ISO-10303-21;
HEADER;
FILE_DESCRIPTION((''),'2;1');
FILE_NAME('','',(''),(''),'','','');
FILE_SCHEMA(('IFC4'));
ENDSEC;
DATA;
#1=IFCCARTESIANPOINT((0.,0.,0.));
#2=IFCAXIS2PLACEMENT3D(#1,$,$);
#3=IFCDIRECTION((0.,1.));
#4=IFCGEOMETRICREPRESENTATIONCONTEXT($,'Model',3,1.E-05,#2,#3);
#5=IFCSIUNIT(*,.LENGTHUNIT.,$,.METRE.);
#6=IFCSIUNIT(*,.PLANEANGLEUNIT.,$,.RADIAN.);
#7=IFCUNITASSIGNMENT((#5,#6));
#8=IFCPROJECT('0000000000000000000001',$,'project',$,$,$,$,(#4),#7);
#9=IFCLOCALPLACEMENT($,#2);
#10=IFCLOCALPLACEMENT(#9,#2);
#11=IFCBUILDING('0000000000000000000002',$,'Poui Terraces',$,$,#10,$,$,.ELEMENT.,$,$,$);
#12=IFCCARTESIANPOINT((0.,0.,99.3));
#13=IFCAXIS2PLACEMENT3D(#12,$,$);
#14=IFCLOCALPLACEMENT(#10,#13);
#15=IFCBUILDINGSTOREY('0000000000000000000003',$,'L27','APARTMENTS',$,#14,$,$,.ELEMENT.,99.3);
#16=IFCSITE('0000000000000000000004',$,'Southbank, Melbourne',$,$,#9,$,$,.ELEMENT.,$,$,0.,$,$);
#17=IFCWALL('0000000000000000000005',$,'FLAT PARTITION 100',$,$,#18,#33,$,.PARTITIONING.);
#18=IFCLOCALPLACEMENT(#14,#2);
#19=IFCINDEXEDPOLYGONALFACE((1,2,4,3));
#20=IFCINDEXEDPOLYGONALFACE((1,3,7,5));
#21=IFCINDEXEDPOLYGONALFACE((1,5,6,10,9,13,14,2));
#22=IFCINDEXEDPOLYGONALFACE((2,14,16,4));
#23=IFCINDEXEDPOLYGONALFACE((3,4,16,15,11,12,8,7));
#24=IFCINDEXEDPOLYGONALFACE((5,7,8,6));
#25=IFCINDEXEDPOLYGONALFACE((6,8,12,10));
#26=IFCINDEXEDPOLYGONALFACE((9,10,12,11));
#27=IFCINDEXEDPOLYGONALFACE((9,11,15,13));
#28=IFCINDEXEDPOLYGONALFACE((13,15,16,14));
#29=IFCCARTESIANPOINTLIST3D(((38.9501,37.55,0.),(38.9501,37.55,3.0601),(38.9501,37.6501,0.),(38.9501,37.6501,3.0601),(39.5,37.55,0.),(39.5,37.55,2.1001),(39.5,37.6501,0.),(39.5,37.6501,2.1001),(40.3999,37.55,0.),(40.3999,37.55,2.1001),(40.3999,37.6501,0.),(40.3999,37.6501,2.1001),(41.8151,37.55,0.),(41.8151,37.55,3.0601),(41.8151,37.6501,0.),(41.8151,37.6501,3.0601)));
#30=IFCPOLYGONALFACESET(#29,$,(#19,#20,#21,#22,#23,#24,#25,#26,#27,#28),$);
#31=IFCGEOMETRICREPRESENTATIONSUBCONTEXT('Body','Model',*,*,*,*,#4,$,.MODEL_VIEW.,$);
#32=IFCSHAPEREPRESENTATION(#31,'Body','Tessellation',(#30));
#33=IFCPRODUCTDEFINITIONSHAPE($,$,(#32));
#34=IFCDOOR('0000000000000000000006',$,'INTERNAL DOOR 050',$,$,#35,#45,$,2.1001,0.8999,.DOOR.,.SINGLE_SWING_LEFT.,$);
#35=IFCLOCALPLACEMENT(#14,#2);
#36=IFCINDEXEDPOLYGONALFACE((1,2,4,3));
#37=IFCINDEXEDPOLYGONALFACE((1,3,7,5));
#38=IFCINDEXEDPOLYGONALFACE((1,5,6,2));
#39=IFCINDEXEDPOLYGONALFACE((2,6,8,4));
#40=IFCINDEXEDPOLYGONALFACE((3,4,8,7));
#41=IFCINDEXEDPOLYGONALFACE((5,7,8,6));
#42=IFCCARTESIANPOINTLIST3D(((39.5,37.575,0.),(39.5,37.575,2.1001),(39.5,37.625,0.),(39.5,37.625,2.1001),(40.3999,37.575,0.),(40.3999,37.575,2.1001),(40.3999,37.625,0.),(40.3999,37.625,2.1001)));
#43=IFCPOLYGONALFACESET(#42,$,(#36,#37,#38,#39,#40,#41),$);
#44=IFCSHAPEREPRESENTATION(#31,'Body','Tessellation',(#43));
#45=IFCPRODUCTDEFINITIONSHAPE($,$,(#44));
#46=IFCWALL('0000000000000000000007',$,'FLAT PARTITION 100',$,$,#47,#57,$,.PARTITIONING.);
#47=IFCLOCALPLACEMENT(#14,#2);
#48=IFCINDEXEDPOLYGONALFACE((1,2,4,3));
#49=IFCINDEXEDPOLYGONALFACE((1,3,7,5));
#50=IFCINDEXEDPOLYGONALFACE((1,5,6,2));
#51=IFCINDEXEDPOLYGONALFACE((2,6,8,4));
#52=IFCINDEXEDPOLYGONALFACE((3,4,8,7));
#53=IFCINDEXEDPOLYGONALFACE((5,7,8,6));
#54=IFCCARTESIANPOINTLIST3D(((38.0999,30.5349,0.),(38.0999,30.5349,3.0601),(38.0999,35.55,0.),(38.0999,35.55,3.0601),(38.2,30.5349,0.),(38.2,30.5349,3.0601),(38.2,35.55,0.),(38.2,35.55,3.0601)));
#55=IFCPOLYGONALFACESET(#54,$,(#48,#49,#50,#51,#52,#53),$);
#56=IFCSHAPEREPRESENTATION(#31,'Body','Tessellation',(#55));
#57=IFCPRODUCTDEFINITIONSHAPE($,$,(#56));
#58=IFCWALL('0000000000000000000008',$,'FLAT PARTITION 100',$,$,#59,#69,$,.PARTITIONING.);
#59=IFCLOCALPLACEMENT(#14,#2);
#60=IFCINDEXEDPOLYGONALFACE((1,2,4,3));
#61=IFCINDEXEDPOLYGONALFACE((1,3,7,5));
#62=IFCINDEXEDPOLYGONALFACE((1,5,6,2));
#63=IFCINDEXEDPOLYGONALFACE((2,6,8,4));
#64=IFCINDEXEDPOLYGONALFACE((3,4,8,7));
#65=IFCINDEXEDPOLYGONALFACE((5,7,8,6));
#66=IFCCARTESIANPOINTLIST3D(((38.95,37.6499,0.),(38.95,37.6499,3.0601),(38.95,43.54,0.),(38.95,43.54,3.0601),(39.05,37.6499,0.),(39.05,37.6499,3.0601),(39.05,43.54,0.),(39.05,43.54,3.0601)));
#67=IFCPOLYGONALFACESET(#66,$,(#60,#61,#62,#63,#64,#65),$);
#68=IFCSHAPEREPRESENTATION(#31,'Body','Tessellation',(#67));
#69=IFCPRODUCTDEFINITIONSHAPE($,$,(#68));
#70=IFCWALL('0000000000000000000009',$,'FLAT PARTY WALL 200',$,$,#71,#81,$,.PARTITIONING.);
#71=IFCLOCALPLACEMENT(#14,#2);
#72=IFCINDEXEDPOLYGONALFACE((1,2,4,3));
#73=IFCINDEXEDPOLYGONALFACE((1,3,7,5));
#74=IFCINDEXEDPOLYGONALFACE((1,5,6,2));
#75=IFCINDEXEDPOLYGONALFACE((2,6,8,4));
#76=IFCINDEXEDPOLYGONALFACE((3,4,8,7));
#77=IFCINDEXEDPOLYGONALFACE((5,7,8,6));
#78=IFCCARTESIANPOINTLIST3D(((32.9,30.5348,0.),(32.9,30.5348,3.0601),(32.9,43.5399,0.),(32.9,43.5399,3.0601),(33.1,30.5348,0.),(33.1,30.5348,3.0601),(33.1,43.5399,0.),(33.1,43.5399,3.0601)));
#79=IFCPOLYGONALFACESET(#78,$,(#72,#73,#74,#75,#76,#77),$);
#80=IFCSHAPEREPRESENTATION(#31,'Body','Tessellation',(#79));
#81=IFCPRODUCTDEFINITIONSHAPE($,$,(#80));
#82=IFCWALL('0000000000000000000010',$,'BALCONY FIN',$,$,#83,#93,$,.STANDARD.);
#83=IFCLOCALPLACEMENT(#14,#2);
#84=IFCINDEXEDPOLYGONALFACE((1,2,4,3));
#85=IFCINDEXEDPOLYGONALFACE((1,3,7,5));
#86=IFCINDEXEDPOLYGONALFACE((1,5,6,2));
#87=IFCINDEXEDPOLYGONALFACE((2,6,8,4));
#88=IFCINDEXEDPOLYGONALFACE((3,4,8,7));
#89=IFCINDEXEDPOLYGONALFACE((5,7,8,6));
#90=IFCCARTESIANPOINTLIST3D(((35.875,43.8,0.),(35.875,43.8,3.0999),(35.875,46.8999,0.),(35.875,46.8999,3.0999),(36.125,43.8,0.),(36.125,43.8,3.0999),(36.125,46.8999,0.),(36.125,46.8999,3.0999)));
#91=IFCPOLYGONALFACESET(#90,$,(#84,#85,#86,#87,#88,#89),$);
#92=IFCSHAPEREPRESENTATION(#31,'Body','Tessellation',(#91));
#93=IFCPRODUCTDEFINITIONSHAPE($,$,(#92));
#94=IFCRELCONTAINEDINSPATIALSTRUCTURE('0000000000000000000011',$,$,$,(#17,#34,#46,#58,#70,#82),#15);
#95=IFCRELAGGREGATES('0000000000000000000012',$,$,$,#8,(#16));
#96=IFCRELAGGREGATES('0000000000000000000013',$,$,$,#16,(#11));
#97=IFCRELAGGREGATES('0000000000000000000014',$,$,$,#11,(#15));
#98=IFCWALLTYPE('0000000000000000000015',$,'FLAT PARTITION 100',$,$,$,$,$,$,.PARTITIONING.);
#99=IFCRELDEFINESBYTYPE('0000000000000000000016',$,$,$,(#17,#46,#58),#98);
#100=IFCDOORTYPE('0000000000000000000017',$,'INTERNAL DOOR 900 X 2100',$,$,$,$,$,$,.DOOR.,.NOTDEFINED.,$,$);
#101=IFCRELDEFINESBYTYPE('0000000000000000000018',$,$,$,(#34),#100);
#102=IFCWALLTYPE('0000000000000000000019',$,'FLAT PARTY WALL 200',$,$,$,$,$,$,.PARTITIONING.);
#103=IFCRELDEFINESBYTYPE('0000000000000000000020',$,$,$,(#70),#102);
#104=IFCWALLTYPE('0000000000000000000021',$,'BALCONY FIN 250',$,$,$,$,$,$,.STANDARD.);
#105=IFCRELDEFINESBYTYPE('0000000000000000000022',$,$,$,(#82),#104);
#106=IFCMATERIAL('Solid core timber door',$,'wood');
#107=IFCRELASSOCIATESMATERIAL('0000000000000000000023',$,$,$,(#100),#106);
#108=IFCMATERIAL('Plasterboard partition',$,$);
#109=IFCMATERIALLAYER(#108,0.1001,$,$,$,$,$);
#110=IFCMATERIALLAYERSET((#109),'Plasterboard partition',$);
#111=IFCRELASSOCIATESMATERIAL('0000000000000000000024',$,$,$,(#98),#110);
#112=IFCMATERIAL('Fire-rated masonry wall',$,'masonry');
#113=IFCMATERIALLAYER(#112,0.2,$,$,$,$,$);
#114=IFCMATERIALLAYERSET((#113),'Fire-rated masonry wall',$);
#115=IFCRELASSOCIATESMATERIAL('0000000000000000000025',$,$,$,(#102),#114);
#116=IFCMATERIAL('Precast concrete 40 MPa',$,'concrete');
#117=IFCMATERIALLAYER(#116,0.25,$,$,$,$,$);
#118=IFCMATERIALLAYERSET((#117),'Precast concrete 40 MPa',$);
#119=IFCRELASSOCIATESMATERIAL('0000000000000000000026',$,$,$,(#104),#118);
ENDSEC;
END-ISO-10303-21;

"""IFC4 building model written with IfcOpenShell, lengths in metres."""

from ifc_helpers import new_model, si_unit, direction, frame, frame_2d, origin, place, context, subcontext, project, spatial, polyline, rectangle, outline, extrude, source, transform, mapped, material, layer, layer_set, type_object, element, fill, save


model = new_model("IFC4")

# Units and contexts
model_context = context("Model", 3, precision=1e-05, world=origin(), true_north=direction((0.0, 1.0)))
body_context = subcontext(model_context, "Body", "Model", "MODEL_VIEW")
ifc_project = project(units=[si_unit("LENGTHUNIT", "METRE"), si_unit("PLANEANGLEUNIT", "RADIAN")], contexts=[model_context])

# Site, building, storey
site_placement = place(None, origin())
site = spatial("IfcSite", under=ifc_project, at=site_placement, Name="Southbank, Melbourne", CompositionType="ELEMENT", RefElevation=0.0)
building_placement = place(site_placement, origin())
building = spatial("IfcBuilding", under=site, at=building_placement, Name="Poui Terraces", CompositionType="ELEMENT")
storey_placement = place(building_placement, frame((0.0, 0.0, 99.3)))
storey = spatial("IfcBuildingStorey", under=building, at=storey_placement, Name="L27", Description="APARTMENTS", CompositionType="ELEMENT", Elevation=99.3)

# Wall, opening, door
ifc_material_1 = material(Name="Solid core timber door", Category="wood")
door_type_1 = type_object("IfcDoorType", Name="INTERNAL DOOR 900 X 2100", OperationType="NOTDEFINED", PredefinedType="DOOR", material=ifc_material_1)
ifc_material_2 = material(Name="Plasterboard partition")
ifc_layer_1 = layer(ifc_material_2, 0.1001)
ifc_layer_set_1 = layer_set([ifc_layer_1], Name="Plasterboard partition")
wall_type_1 = type_object("IfcWallType", Name="FLAT PARTITION 100", PredefinedType="PARTITIONING", material=ifc_layer_set_1)
wall_1_placement = place(storey_placement, frame((38.95, 37.6001, 0.0), z_axis=(0.0, 0.0, 1.0), x_axis=(1.0, 0.0, 0.0)))
wall_1 = element("IfcWall", 1, at=wall_1_placement, inside=storey, type_object=wall_type_1, Name="FLAT PARTITION 100", PredefinedType="PARTITIONING", context=body_context, shape_type="SweptSolid", body=[
    extrude(rectangle(XDim=2.865, YDim=0.1001, at=frame_2d((1.4326, 0.0))), origin(), (0.0, 0.0, 1.0), 3.0601),
])
opening_1_placement = place(wall_1_placement, frame((0.55, 0.0, 0.0)))
opening_1 = element("IfcOpeningElement", 2, at=opening_1_placement, cuts=wall_1, PredefinedType="OPENING", context=body_context, shape_type="SweptSolid", body=[
    extrude(rectangle(XDim=0.8999, YDim=2.1001, at=frame_2d((0.45, 1.05))), frame((0.0, 0.0601, 0.0), z_axis=(0.0, -1.0, 0.0), x_axis=(1.0, 0.0, 0.0)), (0.0, 0.0, 1.0), 0.1201),
])
door_1_placement = place(opening_1_placement, origin())
door_1 = element("IfcDoor", 3, at=door_1_placement, inside=storey, type_object=door_type_1, Name="INTERNAL DOOR 050", OperationType="SINGLE_SWING_LEFT", OverallHeight=2.1001, OverallWidth=0.8999, PredefinedType="DOOR", context=body_context, shape_type="SweptSolid", body=[
    extrude(rectangle(XDim=0.8999, YDim=2.1001, at=frame_2d((0.45, 1.05))), frame((0.0, 0.0249, 0.0), z_axis=(0.0, -1.0, 0.0), x_axis=(1.0, 0.0, 0.0)), (0.0, 0.0, 1.0), 0.05),
])
fill(opening_1, door_1)

# Walls
wall_2_placement = place(storey_placement, frame((38.1499, 30.5349, 0.0), z_axis=(0.0, 0.0, 1.0), x_axis=(0.0, 1.0, 0.0)))
element("IfcWall", 4, at=wall_2_placement, inside=storey, type_object=wall_type_1, Name="FLAT PARTITION 100", PredefinedType="PARTITIONING", context=body_context, shape_type="SweptSolid", body=[
    extrude(rectangle(XDim=5.0151, YDim=0.1001, at=frame_2d((2.5076, 0.0))), origin(), (0.0, 0.0, 1.0), 3.0601),
])
wall_3_placement = place(storey_placement, frame((39.0, 37.6499, 0.0), z_axis=(0.0, 0.0, 1.0), x_axis=(0.0, 1.0, 0.0)))
element("IfcWall", 5, at=wall_3_placement, inside=storey, type_object=wall_type_1, Name="FLAT PARTITION 100", PredefinedType="PARTITIONING", context=body_context, shape_type="SweptSolid", body=[
    extrude(rectangle(XDim=5.8901, YDim=0.1001, at=frame_2d((2.9451, 0.0))), origin(), (0.0, 0.0, 1.0), 3.0601),
])
ifc_material_3 = material(Name="Fire-rated masonry wall", Category="masonry")
ifc_layer_2 = layer(ifc_material_3, 0.2)
ifc_layer_set_2 = layer_set([ifc_layer_2], Name="Fire-rated masonry wall")
wall_type_2 = type_object("IfcWallType", Name="FLAT PARTY WALL 200", PredefinedType="PARTITIONING", material=ifc_layer_set_2)
wall_4_placement = place(storey_placement, frame((33.0, 30.5349, 0.0), z_axis=(0.0, 0.0, 1.0), x_axis=(0.0, 1.0, 0.0)))
element("IfcWall", 6, at=wall_4_placement, inside=storey, type_object=wall_type_2, Name="FLAT PARTY WALL 200", PredefinedType="PARTITIONING", context=body_context, shape_type="SweptSolid", body=[
    extrude(rectangle(XDim=13.0051, YDim=0.2, at=frame_2d((6.5024, 0.0))), origin(), (0.0, 0.0, 1.0), 3.0601),
])
ifc_material_4 = material(Name="Precast concrete 40 MPa", Category="concrete")
ifc_layer_3 = layer(ifc_material_4, 0.25)
ifc_layer_set_3 = layer_set([ifc_layer_3], Name="Precast concrete 40 MPa")
wall_type_3 = type_object("IfcWallType", Name="BALCONY FIN 250", PredefinedType="STANDARD", material=ifc_layer_set_3)
shared_shape_1 = source(origin(), body_context, "Body", "SweptSolid", [
    extrude(outline(polyline([(0.0, 0.0), (0.25, 0.0), (0.25, 3.0999), (0.0, 3.0999), (0.0, 0.0)])), origin(), (0.0, 0.0, 1.0), 3.0999),
])
wall_5_placement = place(storey_placement, frame((35.875, 43.8, 0.0)))
element("IfcWall", 7, at=wall_5_placement, inside=storey, type_object=wall_type_3, Name="BALCONY FIN", PredefinedType="STANDARD", context=body_context, shape_type="MappedRepresentation", body=[
    mapped(shared_shape_1, transform((0.0, 0.0, 0.0))),
])

save(model, "model.ifc")
